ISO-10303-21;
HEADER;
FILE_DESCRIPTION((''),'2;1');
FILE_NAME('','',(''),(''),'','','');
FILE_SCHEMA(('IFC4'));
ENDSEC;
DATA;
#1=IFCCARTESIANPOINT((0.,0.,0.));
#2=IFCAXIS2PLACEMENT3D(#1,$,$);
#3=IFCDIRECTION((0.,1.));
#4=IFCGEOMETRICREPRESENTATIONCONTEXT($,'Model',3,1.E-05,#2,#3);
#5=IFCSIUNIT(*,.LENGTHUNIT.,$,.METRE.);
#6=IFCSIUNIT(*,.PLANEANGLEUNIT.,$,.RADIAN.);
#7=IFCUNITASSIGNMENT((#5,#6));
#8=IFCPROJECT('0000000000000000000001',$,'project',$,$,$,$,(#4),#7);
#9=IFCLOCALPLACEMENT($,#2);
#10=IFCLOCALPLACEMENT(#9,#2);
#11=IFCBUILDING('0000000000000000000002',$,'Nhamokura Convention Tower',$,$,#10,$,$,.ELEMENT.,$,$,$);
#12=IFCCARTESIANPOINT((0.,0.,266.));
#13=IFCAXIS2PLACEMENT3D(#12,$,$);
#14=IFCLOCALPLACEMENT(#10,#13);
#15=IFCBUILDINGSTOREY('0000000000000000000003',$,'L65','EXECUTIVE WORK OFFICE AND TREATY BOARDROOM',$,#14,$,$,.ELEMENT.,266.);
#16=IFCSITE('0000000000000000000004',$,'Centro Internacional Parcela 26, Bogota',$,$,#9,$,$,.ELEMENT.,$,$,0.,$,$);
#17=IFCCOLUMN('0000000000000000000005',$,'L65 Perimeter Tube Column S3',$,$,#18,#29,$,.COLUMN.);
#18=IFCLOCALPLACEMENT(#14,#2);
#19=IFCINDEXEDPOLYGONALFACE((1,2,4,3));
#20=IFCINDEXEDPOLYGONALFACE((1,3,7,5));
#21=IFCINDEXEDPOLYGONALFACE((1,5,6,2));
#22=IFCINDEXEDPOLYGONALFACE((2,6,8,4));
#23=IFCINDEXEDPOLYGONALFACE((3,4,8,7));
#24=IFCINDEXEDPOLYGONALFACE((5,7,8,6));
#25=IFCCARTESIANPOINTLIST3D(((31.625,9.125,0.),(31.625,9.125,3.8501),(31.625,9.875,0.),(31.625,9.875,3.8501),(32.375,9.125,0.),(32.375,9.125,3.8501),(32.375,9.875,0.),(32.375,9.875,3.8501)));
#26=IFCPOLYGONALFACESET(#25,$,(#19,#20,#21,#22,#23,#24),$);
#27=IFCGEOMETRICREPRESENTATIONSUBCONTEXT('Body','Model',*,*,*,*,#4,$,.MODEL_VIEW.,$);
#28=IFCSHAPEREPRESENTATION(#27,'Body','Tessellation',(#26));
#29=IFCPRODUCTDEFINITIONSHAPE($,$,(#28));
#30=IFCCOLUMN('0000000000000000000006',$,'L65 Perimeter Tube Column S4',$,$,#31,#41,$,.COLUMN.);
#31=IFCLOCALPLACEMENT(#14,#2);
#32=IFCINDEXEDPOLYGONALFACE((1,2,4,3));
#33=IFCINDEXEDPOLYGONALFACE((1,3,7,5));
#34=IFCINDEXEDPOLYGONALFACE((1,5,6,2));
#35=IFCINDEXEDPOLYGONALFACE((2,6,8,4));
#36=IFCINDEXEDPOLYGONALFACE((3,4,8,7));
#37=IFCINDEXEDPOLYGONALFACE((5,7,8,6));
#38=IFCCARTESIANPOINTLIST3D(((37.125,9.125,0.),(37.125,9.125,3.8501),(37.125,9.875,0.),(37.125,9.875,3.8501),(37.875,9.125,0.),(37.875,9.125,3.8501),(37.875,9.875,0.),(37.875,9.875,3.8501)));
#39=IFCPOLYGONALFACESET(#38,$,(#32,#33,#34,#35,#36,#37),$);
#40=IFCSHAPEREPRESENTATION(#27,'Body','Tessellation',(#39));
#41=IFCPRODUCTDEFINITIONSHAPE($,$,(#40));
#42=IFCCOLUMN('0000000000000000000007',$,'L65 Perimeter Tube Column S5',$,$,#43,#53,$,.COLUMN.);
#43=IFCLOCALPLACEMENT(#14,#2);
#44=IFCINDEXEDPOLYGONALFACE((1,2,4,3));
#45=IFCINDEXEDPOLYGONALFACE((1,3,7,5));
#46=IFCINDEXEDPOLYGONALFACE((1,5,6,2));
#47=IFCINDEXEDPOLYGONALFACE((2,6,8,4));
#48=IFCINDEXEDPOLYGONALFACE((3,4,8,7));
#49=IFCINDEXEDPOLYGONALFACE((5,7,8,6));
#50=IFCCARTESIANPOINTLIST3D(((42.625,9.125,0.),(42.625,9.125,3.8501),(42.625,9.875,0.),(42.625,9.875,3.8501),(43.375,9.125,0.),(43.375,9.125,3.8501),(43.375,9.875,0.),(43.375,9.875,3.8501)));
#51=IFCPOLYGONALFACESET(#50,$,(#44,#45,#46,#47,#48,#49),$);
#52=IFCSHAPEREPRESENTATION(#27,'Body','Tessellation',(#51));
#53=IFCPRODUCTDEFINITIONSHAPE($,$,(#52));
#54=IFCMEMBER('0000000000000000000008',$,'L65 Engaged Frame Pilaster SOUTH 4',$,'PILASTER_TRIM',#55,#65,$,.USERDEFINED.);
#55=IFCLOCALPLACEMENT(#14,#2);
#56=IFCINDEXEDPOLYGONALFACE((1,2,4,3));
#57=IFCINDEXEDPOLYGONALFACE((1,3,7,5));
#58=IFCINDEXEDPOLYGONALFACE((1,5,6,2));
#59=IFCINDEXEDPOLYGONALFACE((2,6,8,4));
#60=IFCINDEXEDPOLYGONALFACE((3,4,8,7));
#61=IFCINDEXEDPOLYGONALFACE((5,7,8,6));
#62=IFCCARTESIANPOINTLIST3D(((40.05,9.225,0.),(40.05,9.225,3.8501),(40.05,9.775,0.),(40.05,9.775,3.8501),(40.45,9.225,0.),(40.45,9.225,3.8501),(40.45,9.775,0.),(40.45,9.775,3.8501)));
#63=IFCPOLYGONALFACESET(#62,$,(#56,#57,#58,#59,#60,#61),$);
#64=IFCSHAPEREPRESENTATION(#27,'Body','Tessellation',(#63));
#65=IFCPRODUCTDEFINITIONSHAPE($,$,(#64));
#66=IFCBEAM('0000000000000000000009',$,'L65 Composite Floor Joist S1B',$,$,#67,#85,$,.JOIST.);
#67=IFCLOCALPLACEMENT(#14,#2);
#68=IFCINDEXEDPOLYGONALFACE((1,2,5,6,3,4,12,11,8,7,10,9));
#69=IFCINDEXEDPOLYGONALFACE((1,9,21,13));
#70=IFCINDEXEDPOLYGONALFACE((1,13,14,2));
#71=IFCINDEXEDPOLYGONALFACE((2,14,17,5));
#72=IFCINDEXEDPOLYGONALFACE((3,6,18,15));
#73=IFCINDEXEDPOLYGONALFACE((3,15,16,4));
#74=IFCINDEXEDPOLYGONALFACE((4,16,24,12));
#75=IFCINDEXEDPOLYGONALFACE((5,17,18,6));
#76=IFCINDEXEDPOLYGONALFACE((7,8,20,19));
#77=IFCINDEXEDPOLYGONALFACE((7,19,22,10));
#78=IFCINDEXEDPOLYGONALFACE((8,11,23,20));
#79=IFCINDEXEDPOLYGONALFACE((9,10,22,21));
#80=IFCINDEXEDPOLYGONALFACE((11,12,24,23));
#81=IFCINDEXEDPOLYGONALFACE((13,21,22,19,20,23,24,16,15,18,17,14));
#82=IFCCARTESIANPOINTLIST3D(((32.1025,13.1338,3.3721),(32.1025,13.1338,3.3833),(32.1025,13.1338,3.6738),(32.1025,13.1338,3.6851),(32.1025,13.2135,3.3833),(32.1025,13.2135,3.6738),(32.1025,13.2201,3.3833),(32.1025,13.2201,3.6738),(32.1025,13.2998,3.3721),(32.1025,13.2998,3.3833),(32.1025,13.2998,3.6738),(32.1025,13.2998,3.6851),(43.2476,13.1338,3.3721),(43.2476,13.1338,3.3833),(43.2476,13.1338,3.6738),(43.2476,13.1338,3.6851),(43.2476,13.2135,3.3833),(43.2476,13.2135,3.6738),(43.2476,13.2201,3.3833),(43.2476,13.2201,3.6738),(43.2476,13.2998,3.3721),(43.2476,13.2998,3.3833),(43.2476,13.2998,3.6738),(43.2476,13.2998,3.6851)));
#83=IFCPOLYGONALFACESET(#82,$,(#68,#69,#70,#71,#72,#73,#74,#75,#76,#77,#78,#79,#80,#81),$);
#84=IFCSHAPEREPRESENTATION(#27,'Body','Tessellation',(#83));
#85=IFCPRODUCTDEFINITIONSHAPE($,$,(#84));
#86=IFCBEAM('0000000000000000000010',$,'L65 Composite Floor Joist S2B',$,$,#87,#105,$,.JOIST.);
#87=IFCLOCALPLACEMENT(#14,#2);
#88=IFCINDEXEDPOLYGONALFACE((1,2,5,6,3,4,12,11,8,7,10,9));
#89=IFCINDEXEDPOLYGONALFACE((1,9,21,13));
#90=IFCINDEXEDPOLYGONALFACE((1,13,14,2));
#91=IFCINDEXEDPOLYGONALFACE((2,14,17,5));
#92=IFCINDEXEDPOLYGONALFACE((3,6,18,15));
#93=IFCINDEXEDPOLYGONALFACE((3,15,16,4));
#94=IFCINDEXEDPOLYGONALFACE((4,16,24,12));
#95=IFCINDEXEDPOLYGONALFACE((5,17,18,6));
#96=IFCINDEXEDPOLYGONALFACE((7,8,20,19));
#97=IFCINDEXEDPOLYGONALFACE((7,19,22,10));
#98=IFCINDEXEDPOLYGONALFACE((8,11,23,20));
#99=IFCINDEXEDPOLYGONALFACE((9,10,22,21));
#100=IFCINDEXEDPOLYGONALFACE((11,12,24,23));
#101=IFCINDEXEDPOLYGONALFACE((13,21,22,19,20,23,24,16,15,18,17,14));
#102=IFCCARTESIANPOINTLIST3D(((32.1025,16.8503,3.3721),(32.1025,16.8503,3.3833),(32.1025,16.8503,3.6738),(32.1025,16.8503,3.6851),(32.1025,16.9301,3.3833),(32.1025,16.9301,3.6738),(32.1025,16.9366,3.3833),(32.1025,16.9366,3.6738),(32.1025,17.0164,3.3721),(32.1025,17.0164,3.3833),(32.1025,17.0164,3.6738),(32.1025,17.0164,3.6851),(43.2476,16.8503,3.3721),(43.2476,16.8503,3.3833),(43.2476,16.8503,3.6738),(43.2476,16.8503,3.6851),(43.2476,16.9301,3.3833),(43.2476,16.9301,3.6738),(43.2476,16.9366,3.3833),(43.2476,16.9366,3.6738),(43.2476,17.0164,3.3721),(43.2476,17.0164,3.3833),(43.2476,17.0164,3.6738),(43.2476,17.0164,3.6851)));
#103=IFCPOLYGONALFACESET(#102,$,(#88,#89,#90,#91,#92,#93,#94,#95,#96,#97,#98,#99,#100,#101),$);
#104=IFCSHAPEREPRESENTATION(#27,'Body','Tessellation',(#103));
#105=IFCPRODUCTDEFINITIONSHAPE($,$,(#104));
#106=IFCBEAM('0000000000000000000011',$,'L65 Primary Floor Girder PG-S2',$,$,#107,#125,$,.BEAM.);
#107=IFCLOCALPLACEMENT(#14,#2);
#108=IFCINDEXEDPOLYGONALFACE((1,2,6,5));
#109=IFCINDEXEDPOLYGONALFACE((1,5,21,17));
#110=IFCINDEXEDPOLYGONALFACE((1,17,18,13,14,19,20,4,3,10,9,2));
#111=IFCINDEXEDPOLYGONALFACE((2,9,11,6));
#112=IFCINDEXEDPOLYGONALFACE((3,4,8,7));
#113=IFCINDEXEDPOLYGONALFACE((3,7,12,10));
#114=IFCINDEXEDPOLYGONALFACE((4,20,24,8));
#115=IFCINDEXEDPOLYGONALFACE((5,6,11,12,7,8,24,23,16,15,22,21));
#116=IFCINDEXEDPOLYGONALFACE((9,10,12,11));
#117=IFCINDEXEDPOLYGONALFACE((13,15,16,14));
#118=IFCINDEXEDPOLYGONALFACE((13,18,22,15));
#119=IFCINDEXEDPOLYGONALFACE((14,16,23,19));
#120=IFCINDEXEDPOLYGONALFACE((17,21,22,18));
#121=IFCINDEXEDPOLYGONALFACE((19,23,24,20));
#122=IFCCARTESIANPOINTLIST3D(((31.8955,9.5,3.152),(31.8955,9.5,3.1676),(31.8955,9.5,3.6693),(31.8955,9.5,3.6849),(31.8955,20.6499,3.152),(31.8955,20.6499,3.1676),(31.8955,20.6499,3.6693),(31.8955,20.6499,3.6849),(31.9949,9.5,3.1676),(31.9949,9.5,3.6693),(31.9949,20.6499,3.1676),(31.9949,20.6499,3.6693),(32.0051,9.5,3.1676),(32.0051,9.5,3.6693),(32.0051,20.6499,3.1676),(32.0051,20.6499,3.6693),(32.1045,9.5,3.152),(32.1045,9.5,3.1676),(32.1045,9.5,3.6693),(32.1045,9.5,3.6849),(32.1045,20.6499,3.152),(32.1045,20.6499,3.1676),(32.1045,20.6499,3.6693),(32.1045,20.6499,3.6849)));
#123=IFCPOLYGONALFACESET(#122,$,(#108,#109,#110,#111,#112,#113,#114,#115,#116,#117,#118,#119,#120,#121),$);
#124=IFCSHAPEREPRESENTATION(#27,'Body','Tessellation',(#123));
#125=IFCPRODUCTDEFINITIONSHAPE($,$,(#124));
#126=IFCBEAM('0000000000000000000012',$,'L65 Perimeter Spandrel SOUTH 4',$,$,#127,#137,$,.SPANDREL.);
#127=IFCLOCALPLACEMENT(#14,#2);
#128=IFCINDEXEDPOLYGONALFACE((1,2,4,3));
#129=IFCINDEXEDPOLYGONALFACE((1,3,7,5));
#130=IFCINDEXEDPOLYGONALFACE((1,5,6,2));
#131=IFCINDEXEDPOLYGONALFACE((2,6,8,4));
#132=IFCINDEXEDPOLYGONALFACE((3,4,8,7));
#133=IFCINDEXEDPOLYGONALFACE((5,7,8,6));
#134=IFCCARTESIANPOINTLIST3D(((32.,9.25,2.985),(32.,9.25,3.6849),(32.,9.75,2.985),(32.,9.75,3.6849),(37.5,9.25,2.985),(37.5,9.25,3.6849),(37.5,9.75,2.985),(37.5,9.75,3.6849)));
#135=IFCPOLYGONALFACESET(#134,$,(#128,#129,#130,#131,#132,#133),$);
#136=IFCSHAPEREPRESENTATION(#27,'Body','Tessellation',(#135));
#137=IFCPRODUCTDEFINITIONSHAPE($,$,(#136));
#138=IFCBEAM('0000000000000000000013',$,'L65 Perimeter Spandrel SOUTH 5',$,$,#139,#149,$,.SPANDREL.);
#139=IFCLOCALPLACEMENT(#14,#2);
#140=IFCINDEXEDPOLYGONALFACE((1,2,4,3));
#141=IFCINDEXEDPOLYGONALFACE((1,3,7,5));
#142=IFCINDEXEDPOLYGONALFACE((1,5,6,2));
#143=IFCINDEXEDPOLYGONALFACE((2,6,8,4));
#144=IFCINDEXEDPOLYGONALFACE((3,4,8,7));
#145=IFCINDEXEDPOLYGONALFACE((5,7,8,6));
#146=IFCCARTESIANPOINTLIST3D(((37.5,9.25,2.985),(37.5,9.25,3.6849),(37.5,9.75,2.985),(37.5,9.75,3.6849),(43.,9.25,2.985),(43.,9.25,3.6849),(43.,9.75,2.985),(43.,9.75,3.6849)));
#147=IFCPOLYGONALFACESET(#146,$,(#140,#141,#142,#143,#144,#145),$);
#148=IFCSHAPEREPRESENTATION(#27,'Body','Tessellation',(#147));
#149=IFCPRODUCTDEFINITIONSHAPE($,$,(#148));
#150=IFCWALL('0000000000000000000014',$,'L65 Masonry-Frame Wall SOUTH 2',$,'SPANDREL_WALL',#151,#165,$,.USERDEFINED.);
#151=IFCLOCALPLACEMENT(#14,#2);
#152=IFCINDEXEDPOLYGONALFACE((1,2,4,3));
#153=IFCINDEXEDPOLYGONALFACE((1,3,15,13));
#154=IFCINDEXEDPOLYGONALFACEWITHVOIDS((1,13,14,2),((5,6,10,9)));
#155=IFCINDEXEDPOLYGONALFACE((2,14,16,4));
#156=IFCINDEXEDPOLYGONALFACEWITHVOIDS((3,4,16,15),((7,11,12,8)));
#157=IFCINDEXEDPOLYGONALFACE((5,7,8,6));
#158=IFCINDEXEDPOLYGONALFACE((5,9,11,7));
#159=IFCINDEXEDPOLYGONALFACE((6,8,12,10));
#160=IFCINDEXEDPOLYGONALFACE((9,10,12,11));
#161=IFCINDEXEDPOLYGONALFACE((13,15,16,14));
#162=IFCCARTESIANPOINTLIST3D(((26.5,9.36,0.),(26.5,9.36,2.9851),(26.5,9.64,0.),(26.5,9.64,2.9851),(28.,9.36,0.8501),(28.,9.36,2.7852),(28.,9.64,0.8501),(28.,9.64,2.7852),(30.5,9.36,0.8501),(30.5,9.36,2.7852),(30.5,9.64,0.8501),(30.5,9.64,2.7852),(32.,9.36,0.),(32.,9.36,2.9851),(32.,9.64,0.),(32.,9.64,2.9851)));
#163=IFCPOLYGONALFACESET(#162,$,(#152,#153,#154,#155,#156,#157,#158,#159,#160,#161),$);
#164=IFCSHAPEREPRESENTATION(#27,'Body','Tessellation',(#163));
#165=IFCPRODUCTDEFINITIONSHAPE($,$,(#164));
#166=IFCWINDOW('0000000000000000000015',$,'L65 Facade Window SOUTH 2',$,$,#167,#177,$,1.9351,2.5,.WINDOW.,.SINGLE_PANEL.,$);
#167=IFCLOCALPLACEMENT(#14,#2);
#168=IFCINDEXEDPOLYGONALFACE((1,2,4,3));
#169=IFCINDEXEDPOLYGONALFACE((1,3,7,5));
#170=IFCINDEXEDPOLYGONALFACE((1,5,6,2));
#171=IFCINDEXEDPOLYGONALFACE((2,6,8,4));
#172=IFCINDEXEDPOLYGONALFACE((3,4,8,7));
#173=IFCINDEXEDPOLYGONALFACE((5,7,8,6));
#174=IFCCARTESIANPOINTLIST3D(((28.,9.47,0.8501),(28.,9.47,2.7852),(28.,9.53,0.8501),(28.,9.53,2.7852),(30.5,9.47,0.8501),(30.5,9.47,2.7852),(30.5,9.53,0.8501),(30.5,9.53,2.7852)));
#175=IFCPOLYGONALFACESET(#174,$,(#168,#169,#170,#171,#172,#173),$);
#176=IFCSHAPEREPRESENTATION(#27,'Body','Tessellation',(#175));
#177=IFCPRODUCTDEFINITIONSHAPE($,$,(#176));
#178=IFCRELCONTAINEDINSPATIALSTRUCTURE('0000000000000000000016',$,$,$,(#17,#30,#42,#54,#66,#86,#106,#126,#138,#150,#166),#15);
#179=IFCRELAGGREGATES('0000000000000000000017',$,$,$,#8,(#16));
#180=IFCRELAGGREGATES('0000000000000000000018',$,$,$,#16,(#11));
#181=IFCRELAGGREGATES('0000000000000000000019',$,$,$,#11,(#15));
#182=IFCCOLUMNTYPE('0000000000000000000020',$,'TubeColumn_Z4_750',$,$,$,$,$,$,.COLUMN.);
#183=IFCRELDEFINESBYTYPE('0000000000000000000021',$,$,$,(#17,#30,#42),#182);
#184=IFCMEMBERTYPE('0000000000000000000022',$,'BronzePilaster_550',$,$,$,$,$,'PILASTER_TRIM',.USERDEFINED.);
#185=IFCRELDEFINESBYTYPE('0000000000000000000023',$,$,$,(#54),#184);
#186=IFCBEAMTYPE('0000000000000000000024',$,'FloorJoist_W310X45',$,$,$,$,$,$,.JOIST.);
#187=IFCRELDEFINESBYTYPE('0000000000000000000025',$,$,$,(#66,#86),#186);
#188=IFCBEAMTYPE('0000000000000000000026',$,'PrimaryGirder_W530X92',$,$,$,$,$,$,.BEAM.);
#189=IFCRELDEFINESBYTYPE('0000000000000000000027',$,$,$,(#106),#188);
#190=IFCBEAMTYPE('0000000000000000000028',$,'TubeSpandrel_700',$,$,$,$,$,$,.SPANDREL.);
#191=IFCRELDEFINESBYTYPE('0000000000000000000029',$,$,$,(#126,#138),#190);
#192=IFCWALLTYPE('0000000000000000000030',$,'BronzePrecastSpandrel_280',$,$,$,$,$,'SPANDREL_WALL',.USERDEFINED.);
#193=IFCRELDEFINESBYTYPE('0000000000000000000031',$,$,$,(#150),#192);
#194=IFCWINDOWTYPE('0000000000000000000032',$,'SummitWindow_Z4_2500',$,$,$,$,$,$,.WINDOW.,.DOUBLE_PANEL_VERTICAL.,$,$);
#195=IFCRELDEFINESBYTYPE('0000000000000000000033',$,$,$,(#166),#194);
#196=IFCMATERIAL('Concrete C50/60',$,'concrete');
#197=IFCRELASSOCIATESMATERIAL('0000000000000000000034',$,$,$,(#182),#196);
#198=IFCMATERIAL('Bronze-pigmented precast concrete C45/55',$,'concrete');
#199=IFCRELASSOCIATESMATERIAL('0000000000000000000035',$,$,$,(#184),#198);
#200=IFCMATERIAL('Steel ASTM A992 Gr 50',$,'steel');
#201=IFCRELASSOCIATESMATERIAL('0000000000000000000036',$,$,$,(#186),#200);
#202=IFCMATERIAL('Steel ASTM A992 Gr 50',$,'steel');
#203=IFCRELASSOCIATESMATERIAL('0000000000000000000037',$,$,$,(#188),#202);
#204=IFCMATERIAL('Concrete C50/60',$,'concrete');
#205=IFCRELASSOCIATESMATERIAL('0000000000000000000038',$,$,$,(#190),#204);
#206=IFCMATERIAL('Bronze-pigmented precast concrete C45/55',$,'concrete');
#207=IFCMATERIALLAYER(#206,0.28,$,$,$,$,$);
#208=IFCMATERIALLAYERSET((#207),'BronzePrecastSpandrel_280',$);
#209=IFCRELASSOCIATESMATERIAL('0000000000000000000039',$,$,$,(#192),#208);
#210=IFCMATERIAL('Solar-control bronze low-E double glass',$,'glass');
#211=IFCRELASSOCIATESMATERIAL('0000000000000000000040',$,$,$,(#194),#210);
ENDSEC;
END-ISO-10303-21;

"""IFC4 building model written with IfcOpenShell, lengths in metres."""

from ifc_helpers import new_model, si_unit, direction, frame, frame_2d, origin, origin_2d, place, context, subcontext, project, spatial, rectangle, i_section, extrude, material, layer, layer_set, material_profile, profile_set, type_object, element, fill, save


model = new_model("IFC4")

# Units and contexts
model_context = context("Model", 3, precision=1e-05, world=origin(), true_north=direction((0.0, 1.0)))
body_context = subcontext(model_context, "Body", "Model", "MODEL_VIEW")
ifc_project = project(units=[si_unit("LENGTHUNIT", "METRE"), si_unit("PLANEANGLEUNIT", "RADIAN")], contexts=[model_context])

# Site, building, storey
site_placement = place(None, origin())
site = spatial("IfcSite", under=ifc_project, at=site_placement, Name="Centro Internacional Parcela 26, Bogota", CompositionType="ELEMENT", RefElevation=0.0)
building_placement = place(site_placement, origin())
building = spatial("IfcBuilding", under=site, at=building_placement, Name="Nhamokura Convention Tower", CompositionType="ELEMENT")
storey_placement = place(building_placement, frame((0.0, 0.0, 266.0)))
storey = spatial("IfcBuildingStorey", under=building, at=storey_placement, Name="L65", Description="EXECUTIVE WORK OFFICE AND TREATY BOARDROOM", CompositionType="ELEMENT", Elevation=266.0)

# Columns
ifc_material_1 = material(Name="Concrete C50/60", Category="concrete")
ifc_material_profile_1 = material_profile(ifc_material_1, rectangle(XDim=0.75, YDim=0.75, at=origin_2d()))
ifc_profile_set_1 = profile_set([ifc_material_profile_1], Name="Concrete C50/60")
column_type = type_object("IfcColumnType", Name="TubeColumn_Z4_750", PredefinedType="COLUMN", material=ifc_profile_set_1)
for number, where, z_axis, x_axis, name in (
    (1, (32.0, 9.5, 0.0), (0.0, 0.0, 1.0), (1.0, 0.0, 0.0), "L65 Perimeter Tube Column S3"),
    (2, (37.5, 9.5, 0.0), (0.0, 0.0, 1.0), (1.0, 0.0, 0.0), "L65 Perimeter Tube Column S4"),
    (3, (43.0, 9.5, 0.0), (0.0, 0.0, 1.0), (1.0, 0.0, 0.0), "L65 Perimeter Tube Column S5"),
):
    element("IfcColumn", number, at=place(storey_placement, frame(where, z_axis=z_axis, x_axis=x_axis)), inside=storey, type_object=column_type, Name=name, PredefinedType="COLUMN", context=body_context, shape_type="SweptSolid", body=[
        extrude(rectangle(XDim=0.75, YDim=0.75, at=origin_2d()), origin(), (0.0, 0.0, 1.0), 3.8501),
    ])

# Member
ifc_material_2 = material(Name="Bronze-pigmented precast concrete C45/55", Category="concrete")
ifc_material_profile_2 = material_profile(ifc_material_2, rectangle(XDim=0.3999, YDim=0.55, at=origin_2d()))
ifc_profile_set_2 = profile_set([ifc_material_profile_2], Name="Bronze-pigmented precast concrete C45/55")
member_type = type_object("IfcMemberType", Name="BronzePilaster_550", ElementType="PILASTER_TRIM", PredefinedType="USERDEFINED", material=ifc_profile_set_2)
member_placement = place(storey_placement, frame((40.25, 9.5, 0.0), z_axis=(0.0, 0.0, 1.0), x_axis=(1.0, 0.0, 0.0)))
element("IfcMember", 4, at=member_placement, inside=storey, type_object=member_type, Name="L65 Engaged Frame Pilaster SOUTH 4", ObjectType="PILASTER_TRIM", PredefinedType="USERDEFINED", context=body_context, shape_type="SweptSolid", body=[
    extrude(rectangle(XDim=0.3999, YDim=0.55, at=origin_2d()), origin(), (0.0, 0.0, 1.0), 3.8501),
])

# Beams
ifc_material_3 = material(Name="Steel ASTM A992 Gr 50", Category="steel")
ifc_material_profile_3 = material_profile(ifc_material_3, i_section(OverallWidth=0.166, OverallDepth=0.313, WebThickness=0.0066, FlangeThickness=0.0112, at=origin_2d()))
ifc_profile_set_3 = profile_set([ifc_material_profile_3], Name="Steel ASTM A992 Gr 50")
beam_type_1 = type_object("IfcBeamType", Name="FloorJoist_W310X45", PredefinedType="JOIST", material=ifc_profile_set_3)
for number, where, z_axis, x_axis, name in (
    (5, (32.1025, 13.2168, 3.5286), (1.0, 0.0, 0.0), (0.0, 1.0, 0.0), "L65 Composite Floor Joist S1B"),
    (6, (32.1025, 16.9333, 3.5286), (1.0, 0.0, 0.0), (0.0, 1.0, 0.0), "L65 Composite Floor Joist S2B"),
):
    element("IfcBeam", number, at=place(storey_placement, frame(where, z_axis=z_axis, x_axis=x_axis)), inside=storey, type_object=beam_type_1, Name=name, PredefinedType="JOIST", context=body_context, shape_type="SweptSolid", body=[
        extrude(i_section(OverallWidth=0.166, OverallDepth=0.313, WebThickness=0.0066, FlangeThickness=0.0112, at=origin_2d()), origin(), (0.0, 0.0, 1.0), 11.145),
    ])
ifc_material_4 = material(Name="Steel ASTM A992 Gr 50", Category="steel")
ifc_material_profile_4 = material_profile(ifc_material_4, i_section(OverallWidth=0.209, OverallDepth=0.533, WebThickness=0.0103, FlangeThickness=0.0156, at=origin_2d()))
ifc_profile_set_4 = profile_set([ifc_material_profile_4], Name="Steel ASTM A992 Gr 50")
beam_type_2 = type_object("IfcBeamType", Name="PrimaryGirder_W530X92", PredefinedType="BEAM", material=ifc_profile_set_4)
beam_placement = place(storey_placement, frame((32.0, 9.5, 3.4185), z_axis=(0.0, 1.0, 0.0), x_axis=(-1.0, 0.0, 0.0)))
element("IfcBeam", 7, at=beam_placement, inside=storey, type_object=beam_type_2, Name="L65 Primary Floor Girder PG-S2", PredefinedType="BEAM", context=body_context, shape_type="SweptSolid", body=[
    extrude(i_section(OverallWidth=0.209, OverallDepth=0.533, WebThickness=0.0103, FlangeThickness=0.0156, at=origin_2d()), origin(), (0.0, 0.0, 1.0), 11.1499),
])
ifc_material_5 = material(Name="Concrete C50/60", Category="concrete")
ifc_material_profile_5 = material_profile(ifc_material_5, rectangle(XDim=0.5, YDim=0.7, at=origin_2d()))
ifc_profile_set_5 = profile_set([ifc_material_profile_5], Name="Concrete C50/60")
beam_type_3 = type_object("IfcBeamType", Name="TubeSpandrel_700", PredefinedType="SPANDREL", material=ifc_profile_set_5)
for number, where, z_axis, x_axis, name in (
    (8, (32.0, 9.5, 3.335), (1.0, 0.0, 0.0), (0.0, 1.0, 0.0), "L65 Perimeter Spandrel SOUTH 4"),
    (9, (37.5, 9.5, 3.335), (1.0, 0.0, 0.0), (0.0, 1.0, 0.0), "L65 Perimeter Spandrel SOUTH 5"),
):
    element("IfcBeam", number, at=place(storey_placement, frame(where, z_axis=z_axis, x_axis=x_axis)), inside=storey, type_object=beam_type_3, Name=name, PredefinedType="SPANDREL", context=body_context, shape_type="SweptSolid", body=[
        extrude(rectangle(XDim=0.5, YDim=0.7, at=origin_2d()), origin(), (0.0, 0.0, 1.0), 5.5),
    ])

# Wall, opening, window
ifc_material_6 = material(Name="Bronze-pigmented precast concrete C45/55", Category="concrete")
ifc_layer_1 = layer(ifc_material_6, 0.28)
ifc_layer_set_1 = layer_set([ifc_layer_1], Name="BronzePrecastSpandrel_280")
wall_type_1 = type_object("IfcWallType", Name="BronzePrecastSpandrel_280", ElementType="SPANDREL_WALL", PredefinedType="USERDEFINED", material=ifc_layer_set_1)
wall_1_placement = place(storey_placement, frame((32.0, 9.5, 0.0), z_axis=(0.0, 0.0, 1.0), x_axis=(-1.0, 0.0, 0.0)))
wall_1 = element("IfcWall", 10, at=wall_1_placement, inside=storey, type_object=wall_type_1, Name="L65 Masonry-Frame Wall SOUTH 2", ObjectType="SPANDREL_WALL", PredefinedType="USERDEFINED", context=body_context, shape_type="SweptSolid", body=[
    extrude(rectangle(XDim=5.5, YDim=0.28, at=frame_2d((2.75, 0.0))), origin(), (0.0, 0.0, 1.0), 2.9851),
])
opening_1_placement = place(wall_1_placement, frame((1.5, 0.0, 0.8501)))
opening_1 = element("IfcOpeningElement", 11, at=opening_1_placement, cuts=wall_1, PredefinedType="OPENING", context=body_context, shape_type="SweptSolid", body=[
    extrude(rectangle(XDim=2.5, YDim=1.9351, at=frame_2d((1.25, 0.9675))), frame((0.0, 0.1499, 0.0), z_axis=(0.0, -1.0, 0.0), x_axis=(1.0, 0.0, 0.0)), (0.0, 0.0, 1.0), 0.3),
])
ifc_material_7 = material(Name="Solar-control bronze low-E double glass", Category="glass")
window_type = type_object("IfcWindowType", Name="SummitWindow_Z4_2500", PartitioningType="DOUBLE_PANEL_VERTICAL", PredefinedType="WINDOW", material=ifc_material_7)
window_1_placement = place(opening_1_placement, origin())
window_1 = element("IfcWindow", 12, at=window_1_placement, inside=storey, type_object=window_type, Name="L65 Facade Window SOUTH 2", OverallHeight=1.9351, OverallWidth=2.5, PartitioningType="SINGLE_PANEL", PredefinedType="WINDOW", context=body_context, shape_type="SweptSolid", body=[
    extrude(rectangle(XDim=2.5, YDim=1.9351, at=frame_2d((1.25, 0.9675))), frame((0.0, 0.03, 0.0), z_axis=(0.0, -1.0, 0.0), x_axis=(1.0, 0.0, 0.0)), (0.0, 0.0, 1.0), 0.0601),
])
fill(opening_1, window_1)

save(model, "model.ifc")
